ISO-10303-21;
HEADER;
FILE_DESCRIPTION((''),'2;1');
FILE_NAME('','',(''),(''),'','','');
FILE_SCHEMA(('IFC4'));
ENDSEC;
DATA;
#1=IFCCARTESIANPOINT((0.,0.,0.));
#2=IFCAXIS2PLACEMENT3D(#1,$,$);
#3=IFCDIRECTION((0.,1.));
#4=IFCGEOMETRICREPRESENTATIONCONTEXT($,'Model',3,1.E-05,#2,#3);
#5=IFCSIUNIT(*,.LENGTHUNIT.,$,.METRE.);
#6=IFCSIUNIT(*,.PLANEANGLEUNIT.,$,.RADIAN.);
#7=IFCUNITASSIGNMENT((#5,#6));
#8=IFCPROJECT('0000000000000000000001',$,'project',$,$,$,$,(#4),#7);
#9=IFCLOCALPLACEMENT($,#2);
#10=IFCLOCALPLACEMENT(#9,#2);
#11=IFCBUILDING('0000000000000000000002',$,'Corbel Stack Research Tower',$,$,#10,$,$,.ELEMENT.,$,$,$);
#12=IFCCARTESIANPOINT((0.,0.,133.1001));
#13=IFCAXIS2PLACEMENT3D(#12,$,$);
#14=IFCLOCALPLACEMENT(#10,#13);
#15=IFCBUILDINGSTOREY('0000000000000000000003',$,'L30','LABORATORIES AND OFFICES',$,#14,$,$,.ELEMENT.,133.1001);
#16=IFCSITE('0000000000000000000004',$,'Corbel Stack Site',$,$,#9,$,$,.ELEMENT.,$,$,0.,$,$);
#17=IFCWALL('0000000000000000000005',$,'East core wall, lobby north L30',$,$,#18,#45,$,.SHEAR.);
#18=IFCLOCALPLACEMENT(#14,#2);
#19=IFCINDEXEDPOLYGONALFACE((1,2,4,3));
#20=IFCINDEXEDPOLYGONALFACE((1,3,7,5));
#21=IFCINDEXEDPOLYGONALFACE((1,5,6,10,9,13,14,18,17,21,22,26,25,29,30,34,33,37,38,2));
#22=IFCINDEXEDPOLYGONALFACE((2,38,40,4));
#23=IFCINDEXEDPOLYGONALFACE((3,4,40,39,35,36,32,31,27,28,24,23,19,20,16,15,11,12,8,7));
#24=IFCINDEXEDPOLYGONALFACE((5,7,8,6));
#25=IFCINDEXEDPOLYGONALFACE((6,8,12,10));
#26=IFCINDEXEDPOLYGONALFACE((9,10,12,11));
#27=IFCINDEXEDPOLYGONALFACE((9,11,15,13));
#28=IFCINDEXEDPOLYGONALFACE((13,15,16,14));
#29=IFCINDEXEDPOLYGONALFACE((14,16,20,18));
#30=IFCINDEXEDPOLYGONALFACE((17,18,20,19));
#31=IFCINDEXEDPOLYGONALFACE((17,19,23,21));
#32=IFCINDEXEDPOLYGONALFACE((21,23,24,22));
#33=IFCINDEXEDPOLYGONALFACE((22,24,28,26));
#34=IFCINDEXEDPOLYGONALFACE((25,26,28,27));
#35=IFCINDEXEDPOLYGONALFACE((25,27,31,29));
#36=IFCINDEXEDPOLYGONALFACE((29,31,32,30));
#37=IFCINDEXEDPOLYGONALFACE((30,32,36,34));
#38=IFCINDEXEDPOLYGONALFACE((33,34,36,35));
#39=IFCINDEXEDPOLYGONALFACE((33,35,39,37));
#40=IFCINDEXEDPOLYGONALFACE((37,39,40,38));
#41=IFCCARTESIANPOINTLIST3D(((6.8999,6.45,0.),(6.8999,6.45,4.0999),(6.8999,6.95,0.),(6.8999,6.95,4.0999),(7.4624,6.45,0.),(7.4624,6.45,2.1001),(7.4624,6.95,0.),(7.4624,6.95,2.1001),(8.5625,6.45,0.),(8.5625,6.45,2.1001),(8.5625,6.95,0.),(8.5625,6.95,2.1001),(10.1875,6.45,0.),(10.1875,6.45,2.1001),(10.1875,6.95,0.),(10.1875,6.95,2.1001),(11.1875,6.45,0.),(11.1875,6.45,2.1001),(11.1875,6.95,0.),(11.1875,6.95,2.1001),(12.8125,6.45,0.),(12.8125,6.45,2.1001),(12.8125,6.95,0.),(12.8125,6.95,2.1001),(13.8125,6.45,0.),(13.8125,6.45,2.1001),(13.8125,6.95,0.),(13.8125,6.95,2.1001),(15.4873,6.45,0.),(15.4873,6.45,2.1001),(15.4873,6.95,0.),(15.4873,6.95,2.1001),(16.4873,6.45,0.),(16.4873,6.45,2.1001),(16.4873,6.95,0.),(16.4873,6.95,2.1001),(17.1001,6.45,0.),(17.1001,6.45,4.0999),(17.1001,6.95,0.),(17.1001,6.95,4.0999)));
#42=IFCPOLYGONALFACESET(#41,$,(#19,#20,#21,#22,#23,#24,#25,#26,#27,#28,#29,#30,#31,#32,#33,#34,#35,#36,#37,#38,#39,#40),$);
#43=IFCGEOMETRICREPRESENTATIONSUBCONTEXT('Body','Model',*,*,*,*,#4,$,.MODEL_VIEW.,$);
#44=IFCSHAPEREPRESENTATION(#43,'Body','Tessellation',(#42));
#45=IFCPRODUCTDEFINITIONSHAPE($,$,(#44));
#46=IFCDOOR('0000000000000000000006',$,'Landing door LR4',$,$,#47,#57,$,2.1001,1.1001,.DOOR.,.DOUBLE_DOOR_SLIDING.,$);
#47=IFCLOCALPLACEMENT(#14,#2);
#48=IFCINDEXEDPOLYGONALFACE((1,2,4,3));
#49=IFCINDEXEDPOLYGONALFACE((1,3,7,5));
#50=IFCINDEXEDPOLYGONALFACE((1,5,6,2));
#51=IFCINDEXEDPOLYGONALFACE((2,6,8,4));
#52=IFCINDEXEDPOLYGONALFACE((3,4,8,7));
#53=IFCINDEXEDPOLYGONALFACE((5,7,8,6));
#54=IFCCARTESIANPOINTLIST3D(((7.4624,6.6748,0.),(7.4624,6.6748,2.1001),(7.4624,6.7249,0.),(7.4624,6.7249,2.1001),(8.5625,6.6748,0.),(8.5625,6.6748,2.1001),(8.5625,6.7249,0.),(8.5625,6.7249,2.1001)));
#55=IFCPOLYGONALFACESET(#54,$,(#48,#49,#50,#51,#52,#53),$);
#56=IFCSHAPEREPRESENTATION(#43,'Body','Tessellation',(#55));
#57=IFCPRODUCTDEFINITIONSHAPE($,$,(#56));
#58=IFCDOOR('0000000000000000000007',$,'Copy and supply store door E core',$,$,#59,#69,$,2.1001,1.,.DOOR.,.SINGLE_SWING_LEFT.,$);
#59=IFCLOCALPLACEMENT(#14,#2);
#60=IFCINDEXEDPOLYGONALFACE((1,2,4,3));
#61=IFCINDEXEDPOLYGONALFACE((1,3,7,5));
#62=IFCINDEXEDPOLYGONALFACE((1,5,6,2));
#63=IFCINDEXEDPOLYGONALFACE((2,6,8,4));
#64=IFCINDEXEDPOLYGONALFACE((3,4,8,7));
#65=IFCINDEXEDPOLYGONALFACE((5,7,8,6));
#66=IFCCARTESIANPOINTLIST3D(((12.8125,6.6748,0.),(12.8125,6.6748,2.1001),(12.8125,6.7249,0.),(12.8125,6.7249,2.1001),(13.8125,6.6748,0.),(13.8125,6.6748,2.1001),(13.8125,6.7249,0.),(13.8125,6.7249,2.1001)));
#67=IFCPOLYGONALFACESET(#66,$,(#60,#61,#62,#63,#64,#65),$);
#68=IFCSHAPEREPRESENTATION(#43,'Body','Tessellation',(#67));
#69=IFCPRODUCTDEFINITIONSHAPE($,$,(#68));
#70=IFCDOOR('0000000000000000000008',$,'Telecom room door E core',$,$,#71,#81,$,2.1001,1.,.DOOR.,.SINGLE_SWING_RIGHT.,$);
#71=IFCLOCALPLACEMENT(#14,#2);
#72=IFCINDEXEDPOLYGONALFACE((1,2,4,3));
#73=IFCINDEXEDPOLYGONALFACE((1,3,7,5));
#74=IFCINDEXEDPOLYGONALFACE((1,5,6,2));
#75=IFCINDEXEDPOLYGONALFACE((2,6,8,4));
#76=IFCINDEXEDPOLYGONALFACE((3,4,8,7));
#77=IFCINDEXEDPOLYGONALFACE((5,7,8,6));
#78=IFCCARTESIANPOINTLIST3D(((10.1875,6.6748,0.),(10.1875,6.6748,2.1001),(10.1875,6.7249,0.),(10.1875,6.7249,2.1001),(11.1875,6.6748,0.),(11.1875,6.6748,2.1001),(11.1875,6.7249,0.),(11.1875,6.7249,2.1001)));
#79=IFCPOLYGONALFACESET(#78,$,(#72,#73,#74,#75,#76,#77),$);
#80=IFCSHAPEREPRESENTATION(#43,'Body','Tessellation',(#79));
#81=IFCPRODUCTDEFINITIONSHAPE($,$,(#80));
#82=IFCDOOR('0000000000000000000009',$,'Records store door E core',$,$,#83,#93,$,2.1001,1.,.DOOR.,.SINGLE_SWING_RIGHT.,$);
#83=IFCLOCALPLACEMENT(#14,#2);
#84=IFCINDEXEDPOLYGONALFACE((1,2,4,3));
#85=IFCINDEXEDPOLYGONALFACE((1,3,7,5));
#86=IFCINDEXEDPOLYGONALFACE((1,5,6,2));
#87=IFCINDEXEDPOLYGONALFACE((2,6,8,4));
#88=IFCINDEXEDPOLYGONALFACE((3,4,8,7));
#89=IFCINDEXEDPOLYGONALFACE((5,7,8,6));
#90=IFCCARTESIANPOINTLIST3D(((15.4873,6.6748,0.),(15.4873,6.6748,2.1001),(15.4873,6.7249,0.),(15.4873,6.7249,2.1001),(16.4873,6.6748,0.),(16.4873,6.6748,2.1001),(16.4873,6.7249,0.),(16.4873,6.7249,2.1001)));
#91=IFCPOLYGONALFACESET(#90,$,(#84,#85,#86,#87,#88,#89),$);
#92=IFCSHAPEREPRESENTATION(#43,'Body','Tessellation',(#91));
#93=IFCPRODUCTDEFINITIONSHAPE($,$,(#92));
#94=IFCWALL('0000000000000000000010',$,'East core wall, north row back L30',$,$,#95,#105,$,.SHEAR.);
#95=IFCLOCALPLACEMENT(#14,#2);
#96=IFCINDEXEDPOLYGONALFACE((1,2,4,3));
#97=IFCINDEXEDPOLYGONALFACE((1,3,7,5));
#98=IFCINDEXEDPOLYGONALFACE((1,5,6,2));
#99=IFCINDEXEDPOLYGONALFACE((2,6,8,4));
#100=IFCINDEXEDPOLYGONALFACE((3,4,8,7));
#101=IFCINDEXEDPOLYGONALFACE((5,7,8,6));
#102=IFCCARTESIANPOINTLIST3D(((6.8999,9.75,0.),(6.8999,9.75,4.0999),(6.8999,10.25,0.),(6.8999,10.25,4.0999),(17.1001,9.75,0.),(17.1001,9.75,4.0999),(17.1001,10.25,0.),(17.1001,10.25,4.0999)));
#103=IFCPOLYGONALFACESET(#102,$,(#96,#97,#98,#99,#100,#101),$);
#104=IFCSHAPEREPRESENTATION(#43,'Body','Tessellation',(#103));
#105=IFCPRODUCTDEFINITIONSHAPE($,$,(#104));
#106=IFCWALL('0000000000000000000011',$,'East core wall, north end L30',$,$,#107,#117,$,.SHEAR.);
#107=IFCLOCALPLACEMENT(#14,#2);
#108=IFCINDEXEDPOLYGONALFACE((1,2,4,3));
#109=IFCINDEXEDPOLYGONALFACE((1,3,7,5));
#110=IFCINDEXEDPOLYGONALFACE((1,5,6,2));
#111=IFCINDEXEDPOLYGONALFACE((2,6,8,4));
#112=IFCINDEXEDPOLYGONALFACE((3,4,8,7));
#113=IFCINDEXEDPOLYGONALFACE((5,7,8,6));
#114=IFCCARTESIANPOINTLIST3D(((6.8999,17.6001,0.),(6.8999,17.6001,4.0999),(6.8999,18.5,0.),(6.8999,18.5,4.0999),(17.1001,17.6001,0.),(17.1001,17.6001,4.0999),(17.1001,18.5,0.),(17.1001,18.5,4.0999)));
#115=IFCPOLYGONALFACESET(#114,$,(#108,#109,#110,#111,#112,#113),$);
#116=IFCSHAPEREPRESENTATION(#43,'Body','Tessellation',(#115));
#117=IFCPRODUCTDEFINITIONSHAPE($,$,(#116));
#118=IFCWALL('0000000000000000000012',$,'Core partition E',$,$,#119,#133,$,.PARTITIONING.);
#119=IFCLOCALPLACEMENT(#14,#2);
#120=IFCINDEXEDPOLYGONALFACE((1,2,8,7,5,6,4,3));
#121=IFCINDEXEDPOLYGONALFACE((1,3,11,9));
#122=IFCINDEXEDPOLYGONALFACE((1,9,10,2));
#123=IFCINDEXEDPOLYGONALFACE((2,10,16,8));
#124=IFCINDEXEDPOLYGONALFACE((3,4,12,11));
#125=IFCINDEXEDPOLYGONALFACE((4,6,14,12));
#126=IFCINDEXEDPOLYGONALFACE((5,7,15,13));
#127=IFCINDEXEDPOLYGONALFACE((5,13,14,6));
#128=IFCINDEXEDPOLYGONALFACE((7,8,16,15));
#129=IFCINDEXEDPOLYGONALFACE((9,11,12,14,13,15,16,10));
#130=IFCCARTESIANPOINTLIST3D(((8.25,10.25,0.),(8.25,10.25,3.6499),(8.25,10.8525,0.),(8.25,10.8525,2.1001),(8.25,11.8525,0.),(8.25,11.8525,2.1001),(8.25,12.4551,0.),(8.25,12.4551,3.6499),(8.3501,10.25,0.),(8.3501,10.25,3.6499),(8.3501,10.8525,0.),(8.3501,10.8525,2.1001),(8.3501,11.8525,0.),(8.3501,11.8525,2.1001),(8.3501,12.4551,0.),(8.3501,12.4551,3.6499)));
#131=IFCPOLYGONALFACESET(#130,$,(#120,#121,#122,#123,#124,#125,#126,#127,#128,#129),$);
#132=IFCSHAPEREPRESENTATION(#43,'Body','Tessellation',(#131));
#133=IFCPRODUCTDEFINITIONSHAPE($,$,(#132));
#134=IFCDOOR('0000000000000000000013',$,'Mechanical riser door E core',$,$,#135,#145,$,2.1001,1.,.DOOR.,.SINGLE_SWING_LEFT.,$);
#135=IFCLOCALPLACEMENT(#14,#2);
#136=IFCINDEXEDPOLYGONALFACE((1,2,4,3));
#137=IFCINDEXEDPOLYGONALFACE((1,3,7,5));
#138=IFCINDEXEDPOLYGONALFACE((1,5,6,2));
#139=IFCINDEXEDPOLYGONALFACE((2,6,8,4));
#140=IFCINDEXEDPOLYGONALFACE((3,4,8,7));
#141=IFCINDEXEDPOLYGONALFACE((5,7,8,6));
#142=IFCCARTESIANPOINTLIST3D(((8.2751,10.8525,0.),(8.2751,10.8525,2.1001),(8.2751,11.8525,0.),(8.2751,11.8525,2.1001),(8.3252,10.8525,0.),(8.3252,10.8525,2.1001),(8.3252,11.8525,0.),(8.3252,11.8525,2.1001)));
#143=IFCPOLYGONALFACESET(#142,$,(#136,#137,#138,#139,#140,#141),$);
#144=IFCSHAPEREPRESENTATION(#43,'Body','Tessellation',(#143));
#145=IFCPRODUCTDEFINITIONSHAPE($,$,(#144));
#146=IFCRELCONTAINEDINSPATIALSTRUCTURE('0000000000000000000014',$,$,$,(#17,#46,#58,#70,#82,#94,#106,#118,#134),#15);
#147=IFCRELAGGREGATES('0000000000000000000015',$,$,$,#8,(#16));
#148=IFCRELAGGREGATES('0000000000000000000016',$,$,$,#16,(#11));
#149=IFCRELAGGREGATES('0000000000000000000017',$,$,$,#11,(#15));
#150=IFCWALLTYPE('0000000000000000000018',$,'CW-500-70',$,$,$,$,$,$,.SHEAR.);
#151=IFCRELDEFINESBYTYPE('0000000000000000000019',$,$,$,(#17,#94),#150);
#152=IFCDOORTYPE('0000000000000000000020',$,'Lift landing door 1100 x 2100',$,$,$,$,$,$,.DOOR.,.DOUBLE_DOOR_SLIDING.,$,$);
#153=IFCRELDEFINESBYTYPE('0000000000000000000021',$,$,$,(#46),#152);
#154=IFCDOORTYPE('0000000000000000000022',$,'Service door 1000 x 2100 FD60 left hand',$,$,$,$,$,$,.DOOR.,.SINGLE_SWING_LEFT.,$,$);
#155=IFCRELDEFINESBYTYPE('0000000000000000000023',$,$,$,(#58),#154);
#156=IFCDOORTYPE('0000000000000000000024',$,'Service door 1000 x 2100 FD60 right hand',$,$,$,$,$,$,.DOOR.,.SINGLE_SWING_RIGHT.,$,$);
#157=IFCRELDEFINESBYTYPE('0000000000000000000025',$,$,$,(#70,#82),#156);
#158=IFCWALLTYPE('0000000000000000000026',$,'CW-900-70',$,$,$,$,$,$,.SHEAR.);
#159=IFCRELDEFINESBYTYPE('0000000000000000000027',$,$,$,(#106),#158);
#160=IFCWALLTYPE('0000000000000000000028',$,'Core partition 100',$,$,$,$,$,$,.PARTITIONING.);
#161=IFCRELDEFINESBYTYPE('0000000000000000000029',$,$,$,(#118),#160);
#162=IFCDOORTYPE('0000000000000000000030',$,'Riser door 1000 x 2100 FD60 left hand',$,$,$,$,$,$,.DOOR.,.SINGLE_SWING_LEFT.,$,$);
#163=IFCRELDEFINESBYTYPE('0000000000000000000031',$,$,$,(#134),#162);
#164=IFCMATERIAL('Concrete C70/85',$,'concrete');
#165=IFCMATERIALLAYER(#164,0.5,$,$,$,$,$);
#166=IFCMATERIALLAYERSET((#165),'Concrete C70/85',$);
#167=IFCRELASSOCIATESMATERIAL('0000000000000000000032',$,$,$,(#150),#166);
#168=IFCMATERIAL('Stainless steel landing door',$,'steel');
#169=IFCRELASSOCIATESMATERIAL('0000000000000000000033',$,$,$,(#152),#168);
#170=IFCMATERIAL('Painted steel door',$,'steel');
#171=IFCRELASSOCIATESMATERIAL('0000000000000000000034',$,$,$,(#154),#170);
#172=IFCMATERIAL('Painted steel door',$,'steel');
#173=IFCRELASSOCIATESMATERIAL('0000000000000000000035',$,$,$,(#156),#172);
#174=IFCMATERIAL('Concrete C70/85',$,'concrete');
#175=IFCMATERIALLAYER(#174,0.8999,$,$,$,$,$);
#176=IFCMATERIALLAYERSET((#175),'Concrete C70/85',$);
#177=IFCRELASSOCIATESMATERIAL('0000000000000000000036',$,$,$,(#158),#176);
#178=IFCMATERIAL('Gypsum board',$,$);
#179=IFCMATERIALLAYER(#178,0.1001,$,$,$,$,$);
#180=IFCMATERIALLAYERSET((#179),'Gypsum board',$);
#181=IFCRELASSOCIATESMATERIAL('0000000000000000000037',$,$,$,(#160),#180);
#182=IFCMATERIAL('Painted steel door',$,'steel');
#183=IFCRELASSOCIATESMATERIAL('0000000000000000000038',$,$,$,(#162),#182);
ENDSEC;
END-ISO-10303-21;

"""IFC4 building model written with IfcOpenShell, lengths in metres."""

from ifc_helpers import new_model, si_unit, direction, frame, frame_2d, origin, place, context, subcontext, project, spatial, rectangle, extrude, material, layer, layer_set, type_object, element, fill, save


model = new_model("IFC4")

# Units and contexts
model_context = context("Model", 3, precision=1e-05, world=origin(), true_north=direction((0.0, 1.0)))
body_context = subcontext(model_context, "Body", "Model", "MODEL_VIEW")
ifc_project = project(units=[si_unit("LENGTHUNIT", "METRE"), si_unit("PLANEANGLEUNIT", "RADIAN")], contexts=[model_context])

# Site, building, storey
site_placement = place(None, origin())
site = spatial("IfcSite", under=ifc_project, at=site_placement, Name="Corbel Stack Site", CompositionType="ELEMENT", RefElevation=0.0)
building_placement = place(site_placement, origin())
building = spatial("IfcBuilding", under=site, at=building_placement, Name="Corbel Stack Research Tower", CompositionType="ELEMENT")
storey_placement = place(building_placement, frame((0.0, 0.0, 133.1001)))
storey = spatial("IfcBuildingStorey", under=building, at=storey_placement, Name="L30", Description="LABORATORIES AND OFFICES", CompositionType="ELEMENT", Elevation=133.1001)

# Wall, openings, doors
ifc_material_1 = material(Name="Concrete C70/85", Category="concrete")
ifc_layer_1 = layer(ifc_material_1, 0.5)
ifc_layer_set_1 = layer_set([ifc_layer_1], Name="Concrete C70/85")
wall_type_1 = type_object("IfcWallType", Name="CW-500-70", PredefinedType="SHEAR", material=ifc_layer_set_1)
wall_1_placement = place(storey_placement, frame((6.8999, 6.7, 0.0), z_axis=(0.0, 0.0, 1.0), x_axis=(1.0, 0.0, 0.0)))
wall_1 = element("IfcWall", 1, at=wall_1_placement, inside=storey, type_object=wall_type_1, Name="East core wall, lobby north L30", PredefinedType="SHEAR", context=body_context, shape_type="SweptSolid", body=[
    extrude(rectangle(XDim=10.2002, YDim=0.5, at=frame_2d((5.1001, 0.0))), origin(), (0.0, 0.0, 1.0), 4.0999),
])
opening_1_placement = place(wall_1_placement, frame((0.5625, 0.0, 0.0)))
opening_1 = element("IfcOpeningElement", 2, at=opening_1_placement, cuts=wall_1, PredefinedType="OPENING", context=body_context, shape_type="SweptSolid", body=[
    extrude(rectangle(XDim=1.1001, YDim=2.1001, at=frame_2d((0.55, 1.05))), frame((0.0, 0.26, 0.0), z_axis=(0.0, -1.0, 0.0), x_axis=(1.0, 0.0, 0.0)), (0.0, 0.0, 1.0), 0.52),
])
opening_2_placement = place(wall_1_placement, frame((3.2876, 0.0, 0.0)))
opening_2 = element("IfcOpeningElement", 3, at=opening_2_placement, cuts=wall_1, PredefinedType="OPENING", context=body_context, shape_type="SweptSolid", body=[
    extrude(rectangle(XDim=1.0, YDim=2.1001, at=frame_2d((0.5, 1.05))), frame((0.0, 0.26, 0.0), z_axis=(0.0, -1.0, 0.0), x_axis=(1.0, 0.0, 0.0)), (0.0, 0.0, 1.0), 0.52),
])
opening_3_placement = place(wall_1_placement, frame((5.9126, 0.0, 0.0)))
opening_3 = element("IfcOpeningElement", 4, at=opening_3_placement, cuts=wall_1, PredefinedType="OPENING", context=body_context, shape_type="SweptSolid", body=[
    extrude(rectangle(XDim=1.0, YDim=2.1001, at=frame_2d((0.5, 1.05))), frame((0.0, 0.26, 0.0), z_axis=(0.0, -1.0, 0.0), x_axis=(1.0, 0.0, 0.0)), (0.0, 0.0, 1.0), 0.52),
])
opening_4_placement = place(wall_1_placement, frame((8.5874, 0.0, 0.0)))
opening_4 = element("IfcOpeningElement", 5, at=opening_4_placement, cuts=wall_1, PredefinedType="OPENING", context=body_context, shape_type="SweptSolid", body=[
    extrude(rectangle(XDim=1.0, YDim=2.1001, at=frame_2d((0.5, 1.05))), frame((0.0, 0.26, 0.0), z_axis=(0.0, -1.0, 0.0), x_axis=(1.0, 0.0, 0.0)), (0.0, 0.0, 1.0), 0.52),
])
ifc_material_2 = material(Name="Stainless steel landing door", Category="steel")
door_type_1 = type_object("IfcDoorType", Name="Lift landing door 1100 x 2100", OperationType="DOUBLE_DOOR_SLIDING", PredefinedType="DOOR", material=ifc_material_2)
door_1_placement = place(opening_1_placement, origin())
door_1 = element("IfcDoor", 6, at=door_1_placement, inside=storey, type_object=door_type_1, Name="Landing door LR4", OperationType="DOUBLE_DOOR_SLIDING", OverallHeight=2.1001, OverallWidth=1.1001, PredefinedType="DOOR", context=body_context, shape_type="SweptSolid", body=[
    extrude(rectangle(XDim=1.1001, YDim=2.1001, at=frame_2d((0.55, 1.05))), frame((0.0, 0.0249, 0.0), z_axis=(0.0, -1.0, 0.0), x_axis=(1.0, 0.0, 0.0)), (0.0, 0.0, 1.0), 0.05),
])
fill(opening_1, door_1)
ifc_material_3 = material(Name="Painted steel door", Category="steel")
door_type_2 = type_object("IfcDoorType", Name="Service door 1000 x 2100 FD60 left hand", OperationType="SINGLE_SWING_LEFT", PredefinedType="DOOR", material=ifc_material_3)
door_2_placement = place(opening_3_placement, origin())
door_2 = element("IfcDoor", 7, at=door_2_placement, inside=storey, type_object=door_type_2, Name="Copy and supply store door E core", OperationType="SINGLE_SWING_LEFT", OverallHeight=2.1001, OverallWidth=1.0, PredefinedType="DOOR", context=body_context, shape_type="SweptSolid", body=[
    extrude(rectangle(XDim=1.0, YDim=2.1001, at=frame_2d((0.5, 1.05))), frame((0.0, 0.0249, 0.0), z_axis=(0.0, -1.0, 0.0), x_axis=(1.0, 0.0, 0.0)), (0.0, 0.0, 1.0), 0.05),
])
fill(opening_3, door_2)
ifc_material_4 = material(Name="Painted steel door", Category="steel")
door_type_3 = type_object("IfcDoorType", Name="Service door 1000 x 2100 FD60 right hand", OperationType="SINGLE_SWING_RIGHT", PredefinedType="DOOR", material=ifc_material_4)
door_3_placement = place(opening_2_placement, origin())
door_3 = element("IfcDoor", 8, at=door_3_placement, inside=storey, type_object=door_type_3, Name="Telecom room door E core", OperationType="SINGLE_SWING_RIGHT", OverallHeight=2.1001, OverallWidth=1.0, PredefinedType="DOOR", context=body_context, shape_type="SweptSolid", body=[
    extrude(rectangle(XDim=1.0, YDim=2.1001, at=frame_2d((0.5, 1.05))), frame((0.0, 0.0249, 0.0), z_axis=(0.0, -1.0, 0.0), x_axis=(1.0, 0.0, 0.0)), (0.0, 0.0, 1.0), 0.05),
])
fill(opening_2, door_3)
door_4_placement = place(opening_4_placement, origin())
door_4 = element("IfcDoor", 9, at=door_4_placement, inside=storey, type_object=door_type_3, Name="Records store door E core", OperationType="SINGLE_SWING_RIGHT", OverallHeight=2.1001, OverallWidth=1.0, PredefinedType="DOOR", context=body_context, shape_type="SweptSolid", body=[
    extrude(rectangle(XDim=1.0, YDim=2.1001, at=frame_2d((0.5, 1.05))), frame((0.0, 0.0249, 0.0), z_axis=(0.0, -1.0, 0.0), x_axis=(1.0, 0.0, 0.0)), (0.0, 0.0, 1.0), 0.05),
])
fill(opening_4, door_4)

# Walls
wall_2_placement = place(storey_placement, frame((6.8999, 10.0, 0.0), z_axis=(0.0, 0.0, 1.0), x_axis=(1.0, 0.0, 0.0)))
element("IfcWall", 10, at=wall_2_placement, inside=storey, type_object=wall_type_1, Name="East core wall, north row back L30", PredefinedType="SHEAR", context=body_context, shape_type="SweptSolid", body=[
    extrude(rectangle(XDim=10.2002, YDim=0.5, at=frame_2d((5.1001, 0.0))), origin(), (0.0, 0.0, 1.0), 4.0999),
])
ifc_material_5 = material(Name="Concrete C70/85", Category="concrete")
ifc_layer_2 = layer(ifc_material_5, 0.8999)
ifc_layer_set_2 = layer_set([ifc_layer_2], Name="Concrete C70/85")
wall_type_2 = type_object("IfcWallType", Name="CW-900-70", PredefinedType="SHEAR", material=ifc_layer_set_2)
wall_3_placement = place(storey_placement, frame((6.8999, 18.05, 0.0), z_axis=(0.0, 0.0, 1.0), x_axis=(1.0, 0.0, 0.0)))
element("IfcWall", 11, at=wall_3_placement, inside=storey, type_object=wall_type_2, Name="East core wall, north end L30", PredefinedType="SHEAR", context=body_context, shape_type="SweptSolid", body=[
    extrude(rectangle(XDim=10.2002, YDim=0.8999, at=frame_2d((5.1001, 0.0))), origin(), (0.0, 0.0, 1.0), 4.0999),
])

# Wall, opening, door
ifc_material_6 = material(Name="Gypsum board")
ifc_layer_3 = layer(ifc_material_6, 0.1001)
ifc_layer_set_3 = layer_set([ifc_layer_3], Name="Gypsum board")
wall_type_3 = type_object("IfcWallType", Name="Core partition 100", PredefinedType="PARTITIONING", material=ifc_layer_set_3)
wall_4_placement = place(storey_placement, frame((8.3, 10.25, 0.0), z_axis=(0.0, 0.0, 1.0), x_axis=(0.0, 1.0, 0.0)))
wall_4 = element("IfcWall", 12, at=wall_4_placement, inside=storey, type_object=wall_type_3, Name="Core partition E", PredefinedType="PARTITIONING", context=body_context, shape_type="SweptSolid", body=[
    extrude(rectangle(XDim=2.2051, YDim=0.1001, at=frame_2d((1.1025, 0.0))), origin(), (0.0, 0.0, 1.0), 3.6499),
])
opening_5_placement = place(wall_4_placement, frame((0.6025, 0.0, 0.0)))
opening_5 = element("IfcOpeningElement", 13, at=opening_5_placement, cuts=wall_4, PredefinedType="OPENING", context=body_context, shape_type="SweptSolid", body=[
    extrude(rectangle(XDim=1.0, YDim=2.1001, at=frame_2d((0.5, 1.05))), frame((0.0, 0.0601, 0.0), z_axis=(0.0, -1.0, 0.0), x_axis=(1.0, 0.0, 0.0)), (0.0, 0.0, 1.0), 0.1201),
])
ifc_material_7 = material(Name="Painted steel door", Category="steel")
door_type_4 = type_object("IfcDoorType", Name="Riser door 1000 x 2100 FD60 left hand", OperationType="SINGLE_SWING_LEFT", PredefinedType="DOOR", material=ifc_material_7)
door_5_placement = place(opening_5_placement, origin())
door_5 = element("IfcDoor", 14, at=door_5_placement, inside=storey, type_object=door_type_4, Name="Mechanical riser door E core", OperationType="SINGLE_SWING_LEFT", OverallHeight=2.1001, OverallWidth=1.0, PredefinedType="DOOR", context=body_context, shape_type="SweptSolid", body=[
    extrude(rectangle(XDim=1.0, YDim=2.1001, at=frame_2d((0.5, 1.05))), frame((0.0, 0.0249, 0.0), z_axis=(0.0, -1.0, 0.0), x_axis=(1.0, 0.0, 0.0)), (0.0, 0.0, 1.0), 0.05),
])
fill(opening_5, door_5)

save(model, "model.ifc")
